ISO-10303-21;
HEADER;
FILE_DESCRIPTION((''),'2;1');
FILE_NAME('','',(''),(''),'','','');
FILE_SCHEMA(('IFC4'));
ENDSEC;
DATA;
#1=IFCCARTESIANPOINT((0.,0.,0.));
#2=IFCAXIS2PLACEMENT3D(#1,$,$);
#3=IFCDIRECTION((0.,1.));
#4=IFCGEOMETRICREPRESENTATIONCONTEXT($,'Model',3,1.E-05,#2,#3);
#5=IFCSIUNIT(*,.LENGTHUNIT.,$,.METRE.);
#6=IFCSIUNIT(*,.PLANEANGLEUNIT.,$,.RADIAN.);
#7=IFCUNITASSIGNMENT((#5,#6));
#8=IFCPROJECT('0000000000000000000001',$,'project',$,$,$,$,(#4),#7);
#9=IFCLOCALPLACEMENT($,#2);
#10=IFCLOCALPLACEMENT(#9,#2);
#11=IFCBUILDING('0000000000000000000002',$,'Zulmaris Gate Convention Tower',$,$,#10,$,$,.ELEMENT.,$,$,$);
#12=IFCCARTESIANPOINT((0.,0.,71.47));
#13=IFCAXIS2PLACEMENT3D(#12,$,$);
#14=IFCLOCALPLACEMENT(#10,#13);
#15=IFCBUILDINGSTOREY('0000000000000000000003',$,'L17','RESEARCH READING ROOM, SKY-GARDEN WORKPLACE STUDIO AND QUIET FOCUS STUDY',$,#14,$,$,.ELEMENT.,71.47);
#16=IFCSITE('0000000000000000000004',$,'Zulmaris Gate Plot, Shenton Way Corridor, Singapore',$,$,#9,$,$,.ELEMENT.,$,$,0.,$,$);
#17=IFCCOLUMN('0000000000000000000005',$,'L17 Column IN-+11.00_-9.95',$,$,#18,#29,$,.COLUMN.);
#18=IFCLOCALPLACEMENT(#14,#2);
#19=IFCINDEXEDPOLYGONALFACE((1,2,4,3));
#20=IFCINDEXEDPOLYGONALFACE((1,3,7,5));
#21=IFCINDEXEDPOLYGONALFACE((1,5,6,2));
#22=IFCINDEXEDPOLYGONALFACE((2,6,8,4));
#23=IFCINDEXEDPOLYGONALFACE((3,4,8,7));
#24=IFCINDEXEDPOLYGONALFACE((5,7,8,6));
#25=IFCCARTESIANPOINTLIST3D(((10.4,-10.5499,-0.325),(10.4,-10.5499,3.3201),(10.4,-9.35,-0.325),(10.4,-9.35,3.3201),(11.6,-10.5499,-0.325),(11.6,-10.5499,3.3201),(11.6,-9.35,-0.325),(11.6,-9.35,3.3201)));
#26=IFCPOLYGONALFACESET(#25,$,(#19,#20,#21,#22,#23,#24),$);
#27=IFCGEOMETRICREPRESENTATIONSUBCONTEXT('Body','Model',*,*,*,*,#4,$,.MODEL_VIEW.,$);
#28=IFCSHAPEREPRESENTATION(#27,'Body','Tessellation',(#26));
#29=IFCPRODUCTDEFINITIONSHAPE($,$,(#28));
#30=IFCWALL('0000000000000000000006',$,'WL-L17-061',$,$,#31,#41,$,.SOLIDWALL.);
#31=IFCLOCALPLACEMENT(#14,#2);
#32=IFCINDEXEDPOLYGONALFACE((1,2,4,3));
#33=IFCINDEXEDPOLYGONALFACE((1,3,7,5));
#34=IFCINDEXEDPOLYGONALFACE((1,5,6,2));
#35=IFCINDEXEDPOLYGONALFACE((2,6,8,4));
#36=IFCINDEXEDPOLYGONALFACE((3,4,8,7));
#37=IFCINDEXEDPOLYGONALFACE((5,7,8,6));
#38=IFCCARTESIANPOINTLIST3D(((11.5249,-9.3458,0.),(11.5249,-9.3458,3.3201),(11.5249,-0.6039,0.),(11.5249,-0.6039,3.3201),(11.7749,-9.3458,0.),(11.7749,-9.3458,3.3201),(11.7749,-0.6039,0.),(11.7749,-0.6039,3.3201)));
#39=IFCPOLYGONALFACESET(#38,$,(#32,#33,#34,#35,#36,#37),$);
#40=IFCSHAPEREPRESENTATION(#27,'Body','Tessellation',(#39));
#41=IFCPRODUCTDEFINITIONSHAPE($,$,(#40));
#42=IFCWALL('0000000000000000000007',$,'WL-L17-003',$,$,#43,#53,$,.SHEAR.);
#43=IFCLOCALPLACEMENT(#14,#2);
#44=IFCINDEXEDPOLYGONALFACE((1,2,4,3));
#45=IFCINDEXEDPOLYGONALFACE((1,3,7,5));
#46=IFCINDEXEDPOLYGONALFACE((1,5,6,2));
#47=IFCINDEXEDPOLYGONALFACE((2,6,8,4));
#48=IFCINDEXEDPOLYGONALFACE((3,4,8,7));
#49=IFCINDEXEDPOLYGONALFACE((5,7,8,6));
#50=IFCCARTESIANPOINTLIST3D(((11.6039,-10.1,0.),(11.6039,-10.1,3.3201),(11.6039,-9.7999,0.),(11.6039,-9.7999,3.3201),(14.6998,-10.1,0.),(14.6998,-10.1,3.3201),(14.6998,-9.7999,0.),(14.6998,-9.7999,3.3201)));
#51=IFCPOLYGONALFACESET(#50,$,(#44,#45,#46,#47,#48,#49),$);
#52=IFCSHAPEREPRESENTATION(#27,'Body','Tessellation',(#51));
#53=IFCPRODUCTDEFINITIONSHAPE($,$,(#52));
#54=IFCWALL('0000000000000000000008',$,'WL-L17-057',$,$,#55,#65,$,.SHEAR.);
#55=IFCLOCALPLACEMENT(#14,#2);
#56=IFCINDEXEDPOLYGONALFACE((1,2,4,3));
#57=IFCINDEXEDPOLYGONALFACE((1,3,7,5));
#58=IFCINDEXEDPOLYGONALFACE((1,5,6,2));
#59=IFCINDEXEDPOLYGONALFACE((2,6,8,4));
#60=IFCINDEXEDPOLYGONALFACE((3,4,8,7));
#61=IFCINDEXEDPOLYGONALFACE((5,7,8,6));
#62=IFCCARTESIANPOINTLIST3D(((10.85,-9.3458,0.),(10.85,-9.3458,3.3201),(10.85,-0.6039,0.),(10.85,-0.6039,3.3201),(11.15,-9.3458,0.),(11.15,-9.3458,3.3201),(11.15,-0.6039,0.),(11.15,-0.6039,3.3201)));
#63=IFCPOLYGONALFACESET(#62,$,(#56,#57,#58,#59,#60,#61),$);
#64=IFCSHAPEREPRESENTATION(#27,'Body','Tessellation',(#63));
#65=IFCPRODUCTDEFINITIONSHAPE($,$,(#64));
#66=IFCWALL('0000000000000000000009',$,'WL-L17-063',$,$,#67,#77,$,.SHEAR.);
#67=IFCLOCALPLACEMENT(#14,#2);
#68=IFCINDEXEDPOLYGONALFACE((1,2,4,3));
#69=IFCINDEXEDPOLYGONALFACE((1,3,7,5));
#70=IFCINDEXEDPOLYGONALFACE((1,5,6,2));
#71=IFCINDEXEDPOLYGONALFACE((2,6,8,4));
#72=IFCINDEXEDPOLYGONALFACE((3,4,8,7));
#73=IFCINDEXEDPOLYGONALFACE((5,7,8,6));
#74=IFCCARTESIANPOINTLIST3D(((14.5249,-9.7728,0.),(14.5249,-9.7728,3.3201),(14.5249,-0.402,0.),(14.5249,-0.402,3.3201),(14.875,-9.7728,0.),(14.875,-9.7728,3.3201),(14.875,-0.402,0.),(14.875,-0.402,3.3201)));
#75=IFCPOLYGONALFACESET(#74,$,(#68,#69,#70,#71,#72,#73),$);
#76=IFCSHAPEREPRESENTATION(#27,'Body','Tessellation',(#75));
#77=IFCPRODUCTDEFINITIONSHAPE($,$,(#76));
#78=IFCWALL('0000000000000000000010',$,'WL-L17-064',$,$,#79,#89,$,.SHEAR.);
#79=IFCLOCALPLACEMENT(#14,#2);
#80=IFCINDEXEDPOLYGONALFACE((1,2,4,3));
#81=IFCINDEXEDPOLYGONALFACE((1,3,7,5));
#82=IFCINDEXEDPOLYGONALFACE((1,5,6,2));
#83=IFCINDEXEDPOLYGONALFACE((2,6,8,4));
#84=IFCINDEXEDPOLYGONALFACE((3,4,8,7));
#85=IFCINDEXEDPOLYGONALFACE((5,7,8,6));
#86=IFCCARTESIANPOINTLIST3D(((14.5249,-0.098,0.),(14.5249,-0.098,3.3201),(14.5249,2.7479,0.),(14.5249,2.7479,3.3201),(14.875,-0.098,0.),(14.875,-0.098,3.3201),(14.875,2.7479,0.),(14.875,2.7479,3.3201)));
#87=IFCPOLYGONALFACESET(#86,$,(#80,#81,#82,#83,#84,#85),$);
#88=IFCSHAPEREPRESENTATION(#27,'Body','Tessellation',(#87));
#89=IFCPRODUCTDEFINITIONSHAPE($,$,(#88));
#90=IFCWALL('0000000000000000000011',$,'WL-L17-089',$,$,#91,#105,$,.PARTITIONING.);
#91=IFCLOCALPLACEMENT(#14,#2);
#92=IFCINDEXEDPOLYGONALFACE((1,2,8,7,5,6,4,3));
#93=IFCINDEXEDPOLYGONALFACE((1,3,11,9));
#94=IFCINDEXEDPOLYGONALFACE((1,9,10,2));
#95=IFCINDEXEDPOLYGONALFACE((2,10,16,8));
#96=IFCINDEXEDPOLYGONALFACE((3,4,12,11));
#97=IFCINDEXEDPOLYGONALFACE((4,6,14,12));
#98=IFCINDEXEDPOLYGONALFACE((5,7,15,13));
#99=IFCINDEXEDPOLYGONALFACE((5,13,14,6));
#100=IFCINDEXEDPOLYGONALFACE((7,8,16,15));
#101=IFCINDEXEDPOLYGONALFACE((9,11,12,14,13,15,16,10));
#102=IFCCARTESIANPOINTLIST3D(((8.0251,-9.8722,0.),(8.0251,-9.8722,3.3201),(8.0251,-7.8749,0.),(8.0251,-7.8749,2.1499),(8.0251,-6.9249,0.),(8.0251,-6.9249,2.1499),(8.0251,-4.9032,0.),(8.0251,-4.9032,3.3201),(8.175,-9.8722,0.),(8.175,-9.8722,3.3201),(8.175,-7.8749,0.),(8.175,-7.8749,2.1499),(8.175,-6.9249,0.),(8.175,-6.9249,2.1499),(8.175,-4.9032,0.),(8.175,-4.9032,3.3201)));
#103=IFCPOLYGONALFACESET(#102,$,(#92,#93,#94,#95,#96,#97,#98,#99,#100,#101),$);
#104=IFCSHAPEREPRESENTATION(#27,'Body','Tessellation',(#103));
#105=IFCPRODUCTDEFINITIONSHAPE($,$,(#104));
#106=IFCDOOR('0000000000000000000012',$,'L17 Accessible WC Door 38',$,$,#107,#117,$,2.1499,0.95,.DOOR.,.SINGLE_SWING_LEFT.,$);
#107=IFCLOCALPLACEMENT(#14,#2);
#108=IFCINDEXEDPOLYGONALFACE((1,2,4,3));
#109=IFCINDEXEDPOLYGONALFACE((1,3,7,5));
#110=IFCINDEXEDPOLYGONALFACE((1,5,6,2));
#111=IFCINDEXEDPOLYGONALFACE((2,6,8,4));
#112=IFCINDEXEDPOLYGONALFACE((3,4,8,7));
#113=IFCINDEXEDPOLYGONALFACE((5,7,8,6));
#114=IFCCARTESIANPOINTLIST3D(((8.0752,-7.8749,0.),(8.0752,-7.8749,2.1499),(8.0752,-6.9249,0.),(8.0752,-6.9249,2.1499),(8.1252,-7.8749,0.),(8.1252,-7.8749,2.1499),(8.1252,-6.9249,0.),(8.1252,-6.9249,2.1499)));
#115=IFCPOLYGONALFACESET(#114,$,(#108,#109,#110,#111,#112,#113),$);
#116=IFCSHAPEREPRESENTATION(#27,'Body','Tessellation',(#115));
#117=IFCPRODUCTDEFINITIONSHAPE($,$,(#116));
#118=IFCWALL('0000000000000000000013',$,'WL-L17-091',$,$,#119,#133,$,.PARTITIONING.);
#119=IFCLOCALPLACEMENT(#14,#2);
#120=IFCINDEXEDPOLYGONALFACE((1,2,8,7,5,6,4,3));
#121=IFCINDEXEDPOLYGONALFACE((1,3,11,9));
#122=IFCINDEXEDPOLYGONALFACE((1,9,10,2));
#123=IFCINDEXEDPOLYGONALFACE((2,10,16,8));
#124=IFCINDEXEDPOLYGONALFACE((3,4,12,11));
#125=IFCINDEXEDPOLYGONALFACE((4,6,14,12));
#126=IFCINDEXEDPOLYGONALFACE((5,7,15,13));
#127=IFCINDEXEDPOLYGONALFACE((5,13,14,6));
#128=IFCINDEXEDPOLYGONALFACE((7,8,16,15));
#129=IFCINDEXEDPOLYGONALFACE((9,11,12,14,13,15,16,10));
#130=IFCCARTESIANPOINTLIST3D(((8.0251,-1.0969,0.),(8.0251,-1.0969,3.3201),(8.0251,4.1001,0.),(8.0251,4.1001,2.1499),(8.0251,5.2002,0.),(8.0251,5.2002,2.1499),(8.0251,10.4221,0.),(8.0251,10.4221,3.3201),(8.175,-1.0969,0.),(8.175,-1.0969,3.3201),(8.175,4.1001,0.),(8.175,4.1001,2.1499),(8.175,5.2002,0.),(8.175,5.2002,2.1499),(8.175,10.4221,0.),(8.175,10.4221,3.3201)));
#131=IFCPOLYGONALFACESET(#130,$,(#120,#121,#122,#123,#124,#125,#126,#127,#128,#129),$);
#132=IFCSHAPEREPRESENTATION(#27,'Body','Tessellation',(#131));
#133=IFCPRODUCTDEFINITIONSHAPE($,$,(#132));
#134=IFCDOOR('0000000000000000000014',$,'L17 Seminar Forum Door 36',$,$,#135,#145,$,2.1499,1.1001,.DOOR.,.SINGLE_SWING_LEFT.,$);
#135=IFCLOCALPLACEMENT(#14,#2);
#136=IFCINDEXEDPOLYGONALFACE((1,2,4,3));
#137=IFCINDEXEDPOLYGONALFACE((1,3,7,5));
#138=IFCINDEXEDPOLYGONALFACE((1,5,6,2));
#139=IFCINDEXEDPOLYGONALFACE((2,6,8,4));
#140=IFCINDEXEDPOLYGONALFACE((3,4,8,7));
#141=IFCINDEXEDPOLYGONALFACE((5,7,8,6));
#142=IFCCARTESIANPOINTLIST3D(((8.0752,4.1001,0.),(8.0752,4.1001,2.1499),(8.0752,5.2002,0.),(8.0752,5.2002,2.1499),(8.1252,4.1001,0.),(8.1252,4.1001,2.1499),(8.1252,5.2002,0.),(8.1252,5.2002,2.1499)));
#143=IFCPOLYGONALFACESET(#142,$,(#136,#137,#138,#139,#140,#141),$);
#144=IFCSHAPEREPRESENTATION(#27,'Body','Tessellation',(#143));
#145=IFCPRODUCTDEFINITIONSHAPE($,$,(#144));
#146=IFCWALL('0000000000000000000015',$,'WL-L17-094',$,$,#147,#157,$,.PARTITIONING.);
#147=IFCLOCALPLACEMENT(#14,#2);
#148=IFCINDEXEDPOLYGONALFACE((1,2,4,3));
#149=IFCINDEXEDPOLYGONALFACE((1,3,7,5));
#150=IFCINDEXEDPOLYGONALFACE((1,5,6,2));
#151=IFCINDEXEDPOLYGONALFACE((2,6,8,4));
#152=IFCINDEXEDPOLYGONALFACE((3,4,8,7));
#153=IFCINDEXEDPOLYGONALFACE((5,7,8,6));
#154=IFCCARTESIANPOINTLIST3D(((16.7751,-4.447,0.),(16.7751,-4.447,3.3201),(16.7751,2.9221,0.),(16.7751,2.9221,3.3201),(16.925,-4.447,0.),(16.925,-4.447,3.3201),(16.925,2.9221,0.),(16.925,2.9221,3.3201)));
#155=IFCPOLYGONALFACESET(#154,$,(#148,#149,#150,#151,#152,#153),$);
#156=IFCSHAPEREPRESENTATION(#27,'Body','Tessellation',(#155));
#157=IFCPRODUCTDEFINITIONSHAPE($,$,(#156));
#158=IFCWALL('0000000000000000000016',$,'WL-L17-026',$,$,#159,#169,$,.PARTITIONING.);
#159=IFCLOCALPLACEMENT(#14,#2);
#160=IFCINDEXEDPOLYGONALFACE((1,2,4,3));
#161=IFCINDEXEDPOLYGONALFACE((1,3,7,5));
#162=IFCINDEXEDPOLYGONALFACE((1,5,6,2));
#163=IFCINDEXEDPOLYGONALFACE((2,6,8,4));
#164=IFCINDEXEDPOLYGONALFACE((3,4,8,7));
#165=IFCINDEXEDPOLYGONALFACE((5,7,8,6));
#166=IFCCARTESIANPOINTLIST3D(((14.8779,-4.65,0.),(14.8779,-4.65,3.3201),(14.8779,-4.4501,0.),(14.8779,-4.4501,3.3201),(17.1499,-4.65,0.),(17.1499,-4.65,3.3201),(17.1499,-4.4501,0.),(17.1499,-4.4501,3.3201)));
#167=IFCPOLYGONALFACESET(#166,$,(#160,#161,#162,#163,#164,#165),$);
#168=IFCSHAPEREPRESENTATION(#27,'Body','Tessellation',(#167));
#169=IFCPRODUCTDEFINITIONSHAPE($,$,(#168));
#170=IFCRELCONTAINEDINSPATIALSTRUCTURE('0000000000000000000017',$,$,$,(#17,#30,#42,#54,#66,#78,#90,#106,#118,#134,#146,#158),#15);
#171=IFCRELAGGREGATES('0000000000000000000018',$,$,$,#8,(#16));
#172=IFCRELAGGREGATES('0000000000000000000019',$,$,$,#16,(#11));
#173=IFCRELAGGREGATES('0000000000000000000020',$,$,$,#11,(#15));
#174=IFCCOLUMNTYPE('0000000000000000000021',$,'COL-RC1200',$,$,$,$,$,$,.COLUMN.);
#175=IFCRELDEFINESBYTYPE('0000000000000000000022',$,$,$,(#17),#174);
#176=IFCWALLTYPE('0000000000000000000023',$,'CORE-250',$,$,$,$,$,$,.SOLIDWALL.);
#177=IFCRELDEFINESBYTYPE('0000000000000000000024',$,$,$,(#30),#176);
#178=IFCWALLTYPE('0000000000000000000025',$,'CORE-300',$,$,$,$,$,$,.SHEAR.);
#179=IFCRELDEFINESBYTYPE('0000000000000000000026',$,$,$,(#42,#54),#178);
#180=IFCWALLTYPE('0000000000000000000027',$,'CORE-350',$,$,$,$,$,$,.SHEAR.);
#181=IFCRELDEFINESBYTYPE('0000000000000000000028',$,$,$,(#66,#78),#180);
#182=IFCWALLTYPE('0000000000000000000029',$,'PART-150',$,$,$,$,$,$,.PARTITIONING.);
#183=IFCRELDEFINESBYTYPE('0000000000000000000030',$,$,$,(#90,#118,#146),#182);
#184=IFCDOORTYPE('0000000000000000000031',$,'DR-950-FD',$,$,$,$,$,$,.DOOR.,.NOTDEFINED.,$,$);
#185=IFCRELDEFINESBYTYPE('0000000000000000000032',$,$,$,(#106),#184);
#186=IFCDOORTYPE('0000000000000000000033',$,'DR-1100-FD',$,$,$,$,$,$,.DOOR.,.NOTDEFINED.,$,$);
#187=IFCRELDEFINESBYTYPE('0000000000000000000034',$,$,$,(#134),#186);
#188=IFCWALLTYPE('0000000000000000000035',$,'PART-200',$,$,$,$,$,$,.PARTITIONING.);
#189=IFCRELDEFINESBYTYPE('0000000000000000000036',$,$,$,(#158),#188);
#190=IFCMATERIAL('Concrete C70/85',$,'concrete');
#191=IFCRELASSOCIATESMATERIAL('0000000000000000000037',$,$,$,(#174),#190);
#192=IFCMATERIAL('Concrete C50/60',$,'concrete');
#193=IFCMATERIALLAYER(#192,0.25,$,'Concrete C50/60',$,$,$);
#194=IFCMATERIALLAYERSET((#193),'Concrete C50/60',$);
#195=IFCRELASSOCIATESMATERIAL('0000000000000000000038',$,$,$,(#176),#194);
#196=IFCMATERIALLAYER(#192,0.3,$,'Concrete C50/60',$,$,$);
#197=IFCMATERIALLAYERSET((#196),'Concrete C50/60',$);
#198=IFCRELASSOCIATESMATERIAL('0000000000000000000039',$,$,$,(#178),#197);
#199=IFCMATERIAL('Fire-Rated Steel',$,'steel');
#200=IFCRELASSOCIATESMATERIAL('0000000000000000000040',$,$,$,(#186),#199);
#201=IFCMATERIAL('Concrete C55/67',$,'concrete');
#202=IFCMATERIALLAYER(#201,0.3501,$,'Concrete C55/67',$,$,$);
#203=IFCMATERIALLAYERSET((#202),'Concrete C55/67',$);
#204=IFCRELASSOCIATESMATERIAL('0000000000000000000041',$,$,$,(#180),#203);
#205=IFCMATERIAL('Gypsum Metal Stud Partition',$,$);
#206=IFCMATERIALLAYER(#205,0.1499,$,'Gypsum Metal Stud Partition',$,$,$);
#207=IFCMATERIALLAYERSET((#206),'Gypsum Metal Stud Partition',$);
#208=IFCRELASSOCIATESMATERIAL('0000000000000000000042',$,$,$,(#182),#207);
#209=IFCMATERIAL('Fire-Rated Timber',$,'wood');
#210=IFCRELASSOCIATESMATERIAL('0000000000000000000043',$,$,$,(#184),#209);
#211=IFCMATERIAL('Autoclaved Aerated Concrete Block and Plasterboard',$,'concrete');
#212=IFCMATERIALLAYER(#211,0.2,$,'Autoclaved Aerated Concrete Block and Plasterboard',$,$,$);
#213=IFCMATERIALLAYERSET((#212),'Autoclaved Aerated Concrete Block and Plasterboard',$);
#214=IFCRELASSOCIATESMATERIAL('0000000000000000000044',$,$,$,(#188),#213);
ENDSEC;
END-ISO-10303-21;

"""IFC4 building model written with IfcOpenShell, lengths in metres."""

from ifc_helpers import new_model, si_unit, direction, frame, frame_2d, origin, origin_2d, place, context, subcontext, project, spatial, rectangle, extrude, material, layer, layer_set, material_profile, profile_set, type_object, element, fill, save


model = new_model("IFC4")

# Units and contexts
model_context = context("Model", 3, precision=1e-05, world=origin(), true_north=direction((0.0, 1.0)))
body_context = subcontext(model_context, "Body", "Model", "MODEL_VIEW")
ifc_project = project(units=[si_unit("LENGTHUNIT", "METRE"), si_unit("PLANEANGLEUNIT", "RADIAN")], contexts=[model_context])

# Site, building, storey
site_placement = place(None, origin())
site = spatial("IfcSite", under=ifc_project, at=site_placement, Name="Zulmaris Gate Plot, Shenton Way Corridor, Singapore", CompositionType="ELEMENT", RefElevation=0.0)
building_placement = place(site_placement, origin())
building = spatial("IfcBuilding", under=site, at=building_placement, Name="Zulmaris Gate Convention Tower", CompositionType="ELEMENT")
storey_placement = place(building_placement, frame((0.0, 0.0, 71.47)))
storey = spatial("IfcBuildingStorey", under=building, at=storey_placement, Name="L17", Description="RESEARCH READING ROOM, SKY-GARDEN WORKPLACE STUDIO AND QUIET FOCUS STUDY", CompositionType="ELEMENT", Elevation=71.47)

# Column
ifc_material_1 = material(Name="Concrete C70/85", Category="concrete")
ifc_material_profile = material_profile(ifc_material_1, rectangle(XDim=1.2, YDim=1.2, at=origin_2d()), Name="RC COL 1200x1200")
ifc_profile_set = profile_set([ifc_material_profile], Name="Concrete C70/85")
column_type = type_object("IfcColumnType", Name="COL-RC1200", PredefinedType="COLUMN", material=ifc_profile_set)
column_placement = place(storey_placement, frame((11.0, -9.95, -0.325), z_axis=(0.0, 0.0, 1.0), x_axis=(1.0, 0.0, 0.0)))
element("IfcColumn", 1, at=column_placement, inside=storey, type_object=column_type, Name="L17 Column IN-+11.00_-9.95", PredefinedType="COLUMN", context=body_context, shape_type="SweptSolid", body=[
    extrude(rectangle(XDim=1.2, YDim=1.2, at=origin_2d()), origin(), (0.0, 0.0, 1.0), 3.645),
])

# Walls
ifc_material_2 = material(Name="Concrete C50/60", Category="concrete")
ifc_layer_1 = layer(ifc_material_2, 0.25, Name="Concrete C50/60")
ifc_layer_set_1 = layer_set([ifc_layer_1], Name="Concrete C50/60")
wall_type_1 = type_object("IfcWallType", Name="CORE-250", PredefinedType="SOLIDWALL", material=ifc_layer_set_1)
wall_1_placement = place(storey_placement, frame((11.6499, -9.3459, 0.0), z_axis=(0.0, 0.0, 1.0), x_axis=(0.0, 1.0, 0.0)))
element("IfcWall", 2, at=wall_1_placement, inside=storey, type_object=wall_type_1, Name="WL-L17-061", PredefinedType="SOLIDWALL", context=body_context, shape_type="SweptSolid", body=[
    extrude(rectangle(XDim=8.7419, YDim=0.25, at=frame_2d((4.3711, 0.0))), origin(), (0.0, 0.0, 1.0), 3.3201),
])
ifc_layer_2 = layer(ifc_material_2, 0.3, Name="Concrete C50/60")
ifc_layer_set_2 = layer_set([ifc_layer_2], Name="Concrete C50/60")
wall_type_2 = type_object("IfcWallType", Name="CORE-300", PredefinedType="SHEAR", material=ifc_layer_set_2)
wall_2_placement = place(storey_placement, frame((11.604, -9.95, 0.0), z_axis=(0.0, 0.0, 1.0), x_axis=(1.0, 0.0, 0.0)))
element("IfcWall", 3, at=wall_2_placement, inside=storey, type_object=wall_type_2, Name="WL-L17-003", PredefinedType="SHEAR", context=body_context, shape_type="SweptSolid", body=[
    extrude(rectangle(XDim=3.0959, YDim=0.3, at=frame_2d((1.5479, 0.0))), origin(), (0.0, 0.0, 1.0), 3.3201),
])

# Shared definitions
ifc_material_3 = material(Name="Fire-Rated Steel", Category="steel")
door_type_1 = type_object("IfcDoorType", Name="DR-1100-FD", OperationType="NOTDEFINED", PredefinedType="DOOR", material=ifc_material_3)

# Wall
wall_3_placement = place(storey_placement, frame((11.0, -9.3459, 0.0), z_axis=(0.0, 0.0, 1.0), x_axis=(0.0, 1.0, 0.0)))
element("IfcWall", 4, at=wall_3_placement, inside=storey, type_object=wall_type_2, Name="WL-L17-057", PredefinedType="SHEAR", context=body_context, shape_type="SweptSolid", body=[
    extrude(rectangle(XDim=8.7419, YDim=0.3, at=frame_2d((4.3711, 0.0))), origin(), (0.0, 0.0, 1.0), 3.3201),
])

# Shared definitions
ifc_material_4 = material(Name="Concrete C55/67", Category="concrete")
ifc_layer_3 = layer(ifc_material_4, 0.3501, Name="Concrete C55/67")
ifc_layer_set_3 = layer_set([ifc_layer_3], Name="Concrete C55/67")
wall_type_3 = type_object("IfcWallType", Name="CORE-350", PredefinedType="SHEAR", material=ifc_layer_set_3)
ifc_material_5 = material(Name="Fire-Rated Timber", Category="wood")

# Walls
wall_4_placement = place(storey_placement, frame((14.7, -9.7729, 0.0), z_axis=(0.0, 0.0, 1.0), x_axis=(0.0, 1.0, 0.0)))
element("IfcWall", 5, at=wall_4_placement, inside=storey, type_object=wall_type_3, Name="WL-L17-063", PredefinedType="SHEAR", context=body_context, shape_type="SweptSolid", body=[
    extrude(rectangle(XDim=9.3708, YDim=0.3501, at=frame_2d((4.6855, 0.0))), origin(), (0.0, 0.0, 1.0), 3.3201),
])
wall_5_placement = place(storey_placement, frame((14.7, -0.0979, 0.0), z_axis=(0.0, 0.0, 1.0), x_axis=(0.0, 1.0, 0.0)))
element("IfcWall", 6, at=wall_5_placement, inside=storey, type_object=wall_type_3, Name="WL-L17-064", PredefinedType="SHEAR", context=body_context, shape_type="SweptSolid", body=[
    extrude(rectangle(XDim=2.8459, YDim=0.3501, at=frame_2d((1.4229, 0.0))), origin(), (0.0, 0.0, 1.0), 3.3201),
])

# Walls, openings, doors
ifc_material_6 = material(Name="Gypsum Metal Stud Partition")
ifc_layer_4 = layer(ifc_material_6, 0.1499, Name="Gypsum Metal Stud Partition")
ifc_layer_set_4 = layer_set([ifc_layer_4], Name="Gypsum Metal Stud Partition")
wall_type_4 = type_object("IfcWallType", Name="PART-150", PredefinedType="PARTITIONING", material=ifc_layer_set_4)
door_type_2 = type_object("IfcDoorType", Name="DR-950-FD", OperationType="NOTDEFINED", PredefinedType="DOOR", material=ifc_material_5)
wall_6_placement = place(storey_placement, frame((8.1001, -9.8721, 0.0), z_axis=(0.0, 0.0, 1.0), x_axis=(0.0, 1.0, 0.0)))
wall_6 = element("IfcWall", 7, at=wall_6_placement, inside=storey, type_object=wall_type_4, Name="WL-L17-089", PredefinedType="PARTITIONING", context=body_context, shape_type="SweptSolid", body=[
    extrude(rectangle(XDim=4.969, YDim=0.1499, at=frame_2d((2.4844, 0.0))), origin(), (0.0, 0.0, 1.0), 3.3201),
])
opening_1_placement = place(wall_6_placement, frame((1.9971, 0.0, 0.0)))
opening_1 = element("IfcOpeningElement", 8, at=opening_1_placement, cuts=wall_6, PredefinedType="OPENING", context=body_context, shape_type="SweptSolid", body=[
    extrude(rectangle(XDim=0.95, YDim=2.1499, at=frame_2d((0.4751, 1.075))), frame((0.0, 0.085, 0.0), z_axis=(0.0, -1.0, 0.0), x_axis=(1.0, 0.0, 0.0)), (0.0, 0.0, 1.0), 0.1699),
])
door_1_placement = place(opening_1_placement, origin())
door_1 = element("IfcDoor", 9, at=door_1_placement, inside=storey, type_object=door_type_2, Name="L17 Accessible WC Door 38", OperationType="SINGLE_SWING_LEFT", OverallHeight=2.1499, OverallWidth=0.95, PredefinedType="DOOR", context=body_context, shape_type="SweptSolid", body=[
    extrude(rectangle(XDim=0.95, YDim=2.1499, at=frame_2d((0.4751, 1.075))), frame((0.0, 0.0249, 0.0), z_axis=(0.0, -1.0, 0.0), x_axis=(1.0, 0.0, 0.0)), (0.0, 0.0, 1.0), 0.05),
])
fill(opening_1, door_1)
wall_7_placement = place(storey_placement, frame((8.1001, -1.0969, 0.0), z_axis=(0.0, 0.0, 1.0), x_axis=(0.0, 1.0, 0.0)))
wall_7 = element("IfcWall", 10, at=wall_7_placement, inside=storey, type_object=wall_type_4, Name="WL-L17-091", PredefinedType="PARTITIONING", context=body_context, shape_type="SweptSolid", body=[
    extrude(rectangle(XDim=11.519, YDim=0.1499, at=frame_2d((5.7595, 0.0))), origin(), (0.0, 0.0, 1.0), 3.3201),
])
opening_2_placement = place(wall_7_placement, frame((5.197, 0.0, 0.0)))
opening_2 = element("IfcOpeningElement", 11, at=opening_2_placement, cuts=wall_7, PredefinedType="OPENING", context=body_context, shape_type="SweptSolid", body=[
    extrude(rectangle(XDim=1.1001, YDim=2.1499, at=frame_2d((0.55, 1.075))), frame((0.0, 0.085, 0.0), z_axis=(0.0, -1.0, 0.0), x_axis=(1.0, 0.0, 0.0)), (0.0, 0.0, 1.0), 0.1699),
])
door_2_placement = place(opening_2_placement, origin())
door_2 = element("IfcDoor", 12, at=door_2_placement, inside=storey, type_object=door_type_1, Name="L17 Seminar Forum Door 36", OperationType="SINGLE_SWING_LEFT", OverallHeight=2.1499, OverallWidth=1.1001, PredefinedType="DOOR", context=body_context, shape_type="SweptSolid", body=[
    extrude(rectangle(XDim=1.1001, YDim=2.1499, at=frame_2d((0.55, 1.075))), frame((0.0, 0.0249, 0.0), z_axis=(0.0, -1.0, 0.0), x_axis=(1.0, 0.0, 0.0)), (0.0, 0.0, 1.0), 0.05),
])
fill(opening_2, door_2)

# Walls
wall_8_placement = place(storey_placement, frame((16.8501, -4.447, 0.0), z_axis=(0.0, 0.0, 1.0), x_axis=(0.0, 1.0, 0.0)))
element("IfcWall", 13, at=wall_8_placement, inside=storey, type_object=wall_type_4, Name="WL-L17-094", PredefinedType="PARTITIONING", context=body_context, shape_type="SweptSolid", body=[
    extrude(rectangle(XDim=7.3691, YDim=0.1499, at=frame_2d((3.6846, 0.0))), origin(), (0.0, 0.0, 1.0), 3.3201),
])
ifc_material_7 = material(Name="Autoclaved Aerated Concrete Block and Plasterboard", Category="concrete")
ifc_layer_5 = layer(ifc_material_7, 0.2, Name="Autoclaved Aerated Concrete Block and Plasterboard")
ifc_layer_set_5 = layer_set([ifc_layer_5], Name="Autoclaved Aerated Concrete Block and Plasterboard")
wall_type_5 = type_object("IfcWallType", Name="PART-200", PredefinedType="PARTITIONING", material=ifc_layer_set_5)
wall_9_placement = place(storey_placement, frame((14.8779, -4.55, 0.0), z_axis=(0.0, 0.0, 1.0), x_axis=(1.0, 0.0, 0.0)))
element("IfcWall", 14, at=wall_9_placement, inside=storey, type_object=wall_type_5, Name="WL-L17-026", PredefinedType="PARTITIONING", context=body_context, shape_type="SweptSolid", body=[
    extrude(rectangle(XDim=2.272, YDim=0.2, at=frame_2d((1.136, 0.0))), origin(), (0.0, 0.0, 1.0), 3.3201),
])

save(model, "model.ifc")
